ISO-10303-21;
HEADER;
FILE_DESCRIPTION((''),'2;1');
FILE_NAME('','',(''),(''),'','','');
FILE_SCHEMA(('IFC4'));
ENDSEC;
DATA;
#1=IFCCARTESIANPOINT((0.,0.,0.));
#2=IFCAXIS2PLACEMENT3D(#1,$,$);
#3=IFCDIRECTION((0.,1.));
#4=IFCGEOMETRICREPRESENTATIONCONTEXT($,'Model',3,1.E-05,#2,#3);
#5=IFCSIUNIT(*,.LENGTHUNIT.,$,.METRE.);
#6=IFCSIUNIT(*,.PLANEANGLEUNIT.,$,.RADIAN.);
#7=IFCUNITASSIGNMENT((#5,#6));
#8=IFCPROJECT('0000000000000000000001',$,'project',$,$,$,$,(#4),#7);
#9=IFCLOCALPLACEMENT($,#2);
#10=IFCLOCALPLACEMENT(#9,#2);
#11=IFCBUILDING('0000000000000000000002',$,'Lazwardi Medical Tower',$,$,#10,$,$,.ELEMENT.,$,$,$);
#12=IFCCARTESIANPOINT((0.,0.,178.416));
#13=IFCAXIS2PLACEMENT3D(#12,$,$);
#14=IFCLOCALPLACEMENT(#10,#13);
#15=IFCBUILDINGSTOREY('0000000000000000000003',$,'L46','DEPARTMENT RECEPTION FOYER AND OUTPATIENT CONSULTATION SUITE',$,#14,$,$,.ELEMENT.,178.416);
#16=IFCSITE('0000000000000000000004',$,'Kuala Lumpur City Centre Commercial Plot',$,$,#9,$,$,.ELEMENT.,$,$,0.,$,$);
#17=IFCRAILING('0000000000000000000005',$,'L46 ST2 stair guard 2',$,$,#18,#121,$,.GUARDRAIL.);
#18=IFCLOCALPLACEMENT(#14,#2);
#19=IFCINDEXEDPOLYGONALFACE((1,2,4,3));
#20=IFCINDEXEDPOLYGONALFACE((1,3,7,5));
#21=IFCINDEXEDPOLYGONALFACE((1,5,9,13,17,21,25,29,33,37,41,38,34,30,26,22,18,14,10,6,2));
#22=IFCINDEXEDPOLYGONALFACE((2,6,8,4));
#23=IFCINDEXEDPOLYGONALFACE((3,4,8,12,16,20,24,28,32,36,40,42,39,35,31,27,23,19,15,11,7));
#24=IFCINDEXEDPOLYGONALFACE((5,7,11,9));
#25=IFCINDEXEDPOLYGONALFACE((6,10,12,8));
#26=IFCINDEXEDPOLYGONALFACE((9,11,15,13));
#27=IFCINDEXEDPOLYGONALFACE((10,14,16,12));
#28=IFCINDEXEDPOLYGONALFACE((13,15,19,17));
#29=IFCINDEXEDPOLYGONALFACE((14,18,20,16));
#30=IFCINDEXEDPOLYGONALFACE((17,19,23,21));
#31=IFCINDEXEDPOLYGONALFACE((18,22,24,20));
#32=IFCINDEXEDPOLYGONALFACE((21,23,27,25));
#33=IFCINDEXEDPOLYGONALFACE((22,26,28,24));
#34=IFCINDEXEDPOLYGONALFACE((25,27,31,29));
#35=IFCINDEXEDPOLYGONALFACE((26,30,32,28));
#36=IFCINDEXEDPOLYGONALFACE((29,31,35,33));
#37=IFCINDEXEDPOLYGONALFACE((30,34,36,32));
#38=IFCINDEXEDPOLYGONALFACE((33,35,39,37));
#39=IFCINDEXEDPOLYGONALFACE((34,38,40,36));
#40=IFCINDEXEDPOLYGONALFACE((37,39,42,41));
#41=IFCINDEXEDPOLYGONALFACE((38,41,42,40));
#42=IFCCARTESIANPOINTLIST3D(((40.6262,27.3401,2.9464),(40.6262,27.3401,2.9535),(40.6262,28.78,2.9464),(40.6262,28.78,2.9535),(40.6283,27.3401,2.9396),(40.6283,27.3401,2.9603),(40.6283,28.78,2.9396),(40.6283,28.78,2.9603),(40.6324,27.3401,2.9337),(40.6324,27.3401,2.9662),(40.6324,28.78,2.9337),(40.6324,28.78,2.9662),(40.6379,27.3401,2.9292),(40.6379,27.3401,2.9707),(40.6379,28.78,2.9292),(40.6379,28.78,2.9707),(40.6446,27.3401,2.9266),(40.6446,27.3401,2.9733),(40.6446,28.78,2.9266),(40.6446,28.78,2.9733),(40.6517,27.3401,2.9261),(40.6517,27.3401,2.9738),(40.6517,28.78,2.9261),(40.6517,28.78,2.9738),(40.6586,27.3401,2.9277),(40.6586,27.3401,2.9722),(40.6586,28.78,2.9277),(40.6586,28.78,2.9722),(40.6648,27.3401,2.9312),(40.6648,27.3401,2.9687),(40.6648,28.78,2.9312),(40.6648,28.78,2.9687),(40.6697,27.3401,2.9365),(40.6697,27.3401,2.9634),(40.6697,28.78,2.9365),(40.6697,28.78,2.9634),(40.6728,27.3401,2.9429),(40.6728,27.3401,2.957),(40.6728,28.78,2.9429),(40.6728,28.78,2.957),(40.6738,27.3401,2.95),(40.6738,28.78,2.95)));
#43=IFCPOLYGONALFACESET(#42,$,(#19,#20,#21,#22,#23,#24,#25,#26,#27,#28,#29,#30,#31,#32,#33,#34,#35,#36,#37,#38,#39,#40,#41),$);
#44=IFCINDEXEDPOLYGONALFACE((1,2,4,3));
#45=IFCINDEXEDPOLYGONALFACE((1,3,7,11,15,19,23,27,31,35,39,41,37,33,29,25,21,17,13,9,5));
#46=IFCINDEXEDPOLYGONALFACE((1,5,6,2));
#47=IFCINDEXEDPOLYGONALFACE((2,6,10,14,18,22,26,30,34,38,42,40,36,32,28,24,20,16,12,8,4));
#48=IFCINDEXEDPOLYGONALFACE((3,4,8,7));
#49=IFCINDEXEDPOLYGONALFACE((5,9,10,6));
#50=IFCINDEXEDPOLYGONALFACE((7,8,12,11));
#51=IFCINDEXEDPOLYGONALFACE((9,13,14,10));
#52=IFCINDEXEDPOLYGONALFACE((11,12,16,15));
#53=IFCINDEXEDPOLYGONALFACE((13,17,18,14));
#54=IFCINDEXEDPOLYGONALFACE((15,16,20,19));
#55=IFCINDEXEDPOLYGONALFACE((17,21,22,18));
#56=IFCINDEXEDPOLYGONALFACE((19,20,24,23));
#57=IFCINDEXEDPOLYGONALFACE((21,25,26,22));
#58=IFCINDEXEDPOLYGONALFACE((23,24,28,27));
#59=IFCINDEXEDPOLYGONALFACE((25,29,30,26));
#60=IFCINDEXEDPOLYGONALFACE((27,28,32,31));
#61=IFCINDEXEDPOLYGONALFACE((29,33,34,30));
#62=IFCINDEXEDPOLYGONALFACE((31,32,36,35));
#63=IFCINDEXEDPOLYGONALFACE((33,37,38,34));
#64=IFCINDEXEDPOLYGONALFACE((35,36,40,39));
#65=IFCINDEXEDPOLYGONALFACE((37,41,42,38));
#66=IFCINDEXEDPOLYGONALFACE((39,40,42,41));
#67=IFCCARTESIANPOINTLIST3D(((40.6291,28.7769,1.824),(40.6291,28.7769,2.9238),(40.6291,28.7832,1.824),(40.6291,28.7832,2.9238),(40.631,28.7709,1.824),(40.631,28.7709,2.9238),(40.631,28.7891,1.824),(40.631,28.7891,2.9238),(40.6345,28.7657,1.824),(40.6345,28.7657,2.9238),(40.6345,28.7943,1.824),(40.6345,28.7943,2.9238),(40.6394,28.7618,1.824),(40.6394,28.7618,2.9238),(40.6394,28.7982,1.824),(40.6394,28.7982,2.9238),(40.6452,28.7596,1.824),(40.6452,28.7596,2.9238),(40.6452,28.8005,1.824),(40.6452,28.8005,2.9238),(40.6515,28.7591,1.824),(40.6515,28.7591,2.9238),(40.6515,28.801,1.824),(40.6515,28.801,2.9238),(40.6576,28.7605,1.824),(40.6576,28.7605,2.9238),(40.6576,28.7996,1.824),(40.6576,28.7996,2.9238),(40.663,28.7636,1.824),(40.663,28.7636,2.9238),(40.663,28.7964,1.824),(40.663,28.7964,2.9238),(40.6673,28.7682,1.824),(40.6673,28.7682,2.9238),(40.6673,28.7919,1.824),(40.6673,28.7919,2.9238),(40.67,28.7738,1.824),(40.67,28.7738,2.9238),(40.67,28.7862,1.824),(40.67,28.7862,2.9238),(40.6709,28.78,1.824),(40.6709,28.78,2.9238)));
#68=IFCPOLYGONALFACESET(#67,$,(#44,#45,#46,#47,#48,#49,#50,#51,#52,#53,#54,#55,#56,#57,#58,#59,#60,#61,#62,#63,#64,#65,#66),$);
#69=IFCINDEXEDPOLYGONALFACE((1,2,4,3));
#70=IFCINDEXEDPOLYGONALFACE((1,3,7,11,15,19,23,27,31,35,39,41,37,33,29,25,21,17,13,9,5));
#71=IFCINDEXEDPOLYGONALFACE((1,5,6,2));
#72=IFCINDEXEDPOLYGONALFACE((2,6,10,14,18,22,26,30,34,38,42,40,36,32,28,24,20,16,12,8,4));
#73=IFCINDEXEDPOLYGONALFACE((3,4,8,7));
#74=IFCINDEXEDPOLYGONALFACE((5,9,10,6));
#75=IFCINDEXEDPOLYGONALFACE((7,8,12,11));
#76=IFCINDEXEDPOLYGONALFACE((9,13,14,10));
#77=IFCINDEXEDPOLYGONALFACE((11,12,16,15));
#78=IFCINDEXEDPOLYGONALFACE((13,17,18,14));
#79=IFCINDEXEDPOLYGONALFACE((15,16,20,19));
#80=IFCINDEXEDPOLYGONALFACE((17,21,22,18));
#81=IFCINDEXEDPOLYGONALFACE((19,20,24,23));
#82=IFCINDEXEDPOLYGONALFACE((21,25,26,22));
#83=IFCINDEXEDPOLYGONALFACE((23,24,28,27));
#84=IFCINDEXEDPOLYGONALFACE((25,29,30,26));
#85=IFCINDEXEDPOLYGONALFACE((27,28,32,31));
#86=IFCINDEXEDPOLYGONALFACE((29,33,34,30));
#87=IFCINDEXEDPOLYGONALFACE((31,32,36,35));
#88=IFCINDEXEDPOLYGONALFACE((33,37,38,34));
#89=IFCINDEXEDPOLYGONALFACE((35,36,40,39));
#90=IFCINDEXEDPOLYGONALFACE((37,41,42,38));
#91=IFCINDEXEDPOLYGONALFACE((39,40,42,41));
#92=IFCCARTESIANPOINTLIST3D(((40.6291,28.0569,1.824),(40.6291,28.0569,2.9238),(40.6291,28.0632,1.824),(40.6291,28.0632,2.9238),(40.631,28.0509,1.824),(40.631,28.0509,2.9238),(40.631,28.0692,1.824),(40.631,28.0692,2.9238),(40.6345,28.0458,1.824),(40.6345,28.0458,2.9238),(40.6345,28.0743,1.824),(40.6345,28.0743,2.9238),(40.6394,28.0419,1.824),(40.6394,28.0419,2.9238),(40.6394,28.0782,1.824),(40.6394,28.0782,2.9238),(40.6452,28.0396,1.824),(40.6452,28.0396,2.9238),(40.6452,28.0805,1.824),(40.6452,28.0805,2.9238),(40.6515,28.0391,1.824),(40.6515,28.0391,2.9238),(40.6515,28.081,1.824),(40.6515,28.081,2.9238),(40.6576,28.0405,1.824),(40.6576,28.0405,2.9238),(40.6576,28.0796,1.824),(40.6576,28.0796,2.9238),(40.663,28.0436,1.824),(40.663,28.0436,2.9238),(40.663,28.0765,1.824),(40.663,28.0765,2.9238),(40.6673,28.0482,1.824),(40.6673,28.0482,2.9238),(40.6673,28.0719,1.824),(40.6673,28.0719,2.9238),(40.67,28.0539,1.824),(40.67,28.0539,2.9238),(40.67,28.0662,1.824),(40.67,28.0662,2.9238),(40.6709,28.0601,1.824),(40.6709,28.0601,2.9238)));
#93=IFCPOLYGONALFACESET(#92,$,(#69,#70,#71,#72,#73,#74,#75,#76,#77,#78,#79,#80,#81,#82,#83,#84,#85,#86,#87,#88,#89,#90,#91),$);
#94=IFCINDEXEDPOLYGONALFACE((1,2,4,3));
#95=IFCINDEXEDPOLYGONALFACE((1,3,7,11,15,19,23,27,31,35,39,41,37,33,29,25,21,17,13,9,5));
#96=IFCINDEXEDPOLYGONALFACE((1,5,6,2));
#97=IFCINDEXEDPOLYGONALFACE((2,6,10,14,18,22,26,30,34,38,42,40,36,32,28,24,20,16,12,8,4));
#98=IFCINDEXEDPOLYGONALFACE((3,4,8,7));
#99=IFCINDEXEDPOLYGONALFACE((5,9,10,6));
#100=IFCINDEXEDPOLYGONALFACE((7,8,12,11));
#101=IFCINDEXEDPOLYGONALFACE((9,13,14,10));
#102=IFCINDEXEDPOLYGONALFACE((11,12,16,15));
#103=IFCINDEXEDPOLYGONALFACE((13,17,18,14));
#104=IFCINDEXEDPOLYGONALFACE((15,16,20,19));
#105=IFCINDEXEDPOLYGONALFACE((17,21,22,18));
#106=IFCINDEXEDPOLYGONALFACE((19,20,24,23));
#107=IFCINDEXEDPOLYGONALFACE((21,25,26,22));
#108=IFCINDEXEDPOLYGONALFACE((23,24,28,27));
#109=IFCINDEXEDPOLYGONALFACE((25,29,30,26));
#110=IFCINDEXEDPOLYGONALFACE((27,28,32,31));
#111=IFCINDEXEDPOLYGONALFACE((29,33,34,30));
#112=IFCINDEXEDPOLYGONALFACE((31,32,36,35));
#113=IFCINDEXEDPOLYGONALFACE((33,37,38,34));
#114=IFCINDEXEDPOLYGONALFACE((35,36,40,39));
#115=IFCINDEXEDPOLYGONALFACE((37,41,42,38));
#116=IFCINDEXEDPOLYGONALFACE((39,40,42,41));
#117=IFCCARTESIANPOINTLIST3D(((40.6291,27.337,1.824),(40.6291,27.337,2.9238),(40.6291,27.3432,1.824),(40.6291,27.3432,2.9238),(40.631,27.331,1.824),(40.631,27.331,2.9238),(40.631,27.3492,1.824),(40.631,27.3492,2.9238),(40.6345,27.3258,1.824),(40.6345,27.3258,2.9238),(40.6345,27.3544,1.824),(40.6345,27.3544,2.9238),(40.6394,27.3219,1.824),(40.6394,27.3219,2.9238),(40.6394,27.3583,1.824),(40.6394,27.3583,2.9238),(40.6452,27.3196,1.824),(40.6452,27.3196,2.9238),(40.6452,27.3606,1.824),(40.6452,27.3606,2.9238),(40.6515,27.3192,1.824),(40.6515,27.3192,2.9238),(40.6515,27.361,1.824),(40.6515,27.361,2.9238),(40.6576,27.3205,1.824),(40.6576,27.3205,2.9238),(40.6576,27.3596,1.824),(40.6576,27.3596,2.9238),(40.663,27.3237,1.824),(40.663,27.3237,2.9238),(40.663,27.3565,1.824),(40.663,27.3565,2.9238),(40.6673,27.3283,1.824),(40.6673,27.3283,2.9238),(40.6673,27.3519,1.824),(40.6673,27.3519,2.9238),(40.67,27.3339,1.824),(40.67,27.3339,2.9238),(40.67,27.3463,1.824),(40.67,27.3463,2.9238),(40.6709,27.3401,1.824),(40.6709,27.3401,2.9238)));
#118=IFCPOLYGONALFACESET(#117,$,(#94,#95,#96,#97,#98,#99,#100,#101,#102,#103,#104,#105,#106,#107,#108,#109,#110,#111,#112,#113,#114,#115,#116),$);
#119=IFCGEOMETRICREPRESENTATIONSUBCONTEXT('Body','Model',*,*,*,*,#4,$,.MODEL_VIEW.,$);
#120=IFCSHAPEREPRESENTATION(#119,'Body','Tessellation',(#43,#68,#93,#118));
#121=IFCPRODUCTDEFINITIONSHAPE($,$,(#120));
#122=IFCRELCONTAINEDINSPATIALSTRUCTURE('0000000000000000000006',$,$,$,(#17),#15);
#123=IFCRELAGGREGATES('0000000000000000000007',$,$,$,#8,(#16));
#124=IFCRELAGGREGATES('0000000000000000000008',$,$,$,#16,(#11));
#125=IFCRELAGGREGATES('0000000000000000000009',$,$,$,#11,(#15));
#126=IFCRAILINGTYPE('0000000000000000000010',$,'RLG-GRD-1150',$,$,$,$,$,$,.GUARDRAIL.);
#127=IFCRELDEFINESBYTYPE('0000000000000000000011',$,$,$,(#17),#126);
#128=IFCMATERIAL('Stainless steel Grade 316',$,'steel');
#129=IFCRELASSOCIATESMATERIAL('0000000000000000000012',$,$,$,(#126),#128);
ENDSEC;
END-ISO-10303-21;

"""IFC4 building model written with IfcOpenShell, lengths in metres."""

from ifc_helpers import new_model, si_unit, direction, frame, origin, origin_2d, place, context, subcontext, project, spatial, circle, extrude, material, type_object, element, save


model = new_model("IFC4")

# Units and contexts
model_context = context("Model", 3, precision=1e-05, world=origin(), true_north=direction((0.0, 1.0)))
body_context = subcontext(model_context, "Body", "Model", "MODEL_VIEW")
ifc_project = project(units=[si_unit("LENGTHUNIT", "METRE"), si_unit("PLANEANGLEUNIT", "RADIAN")], contexts=[model_context])

# Site, building, storey
site_placement = place(None, origin())
site = spatial("IfcSite", under=ifc_project, at=site_placement, Name="Kuala Lumpur City Centre Commercial Plot", CompositionType="ELEMENT", RefElevation=0.0)
building_placement = place(site_placement, origin())
building = spatial("IfcBuilding", under=site, at=building_placement, Name="Lazwardi Medical Tower", CompositionType="ELEMENT")
storey_placement = place(building_placement, frame((0.0, 0.0, 178.416)))
storey = spatial("IfcBuildingStorey", under=building, at=storey_placement, Name="L46", Description="DEPARTMENT RECEPTION FOYER AND OUTPATIENT CONSULTATION SUITE", CompositionType="ELEMENT", Elevation=178.416)

# Railing
ifc_material_1 = material(Name="Stainless steel Grade 316", Category="steel")
railing_type_1 = type_object("IfcRailingType", Name="RLG-GRD-1150", PredefinedType="GUARDRAIL", material=ifc_material_1)
railing_1_placement = place(storey_placement, frame((40.6499, 28.78, 1.824)))
element("IfcRailing", 1, at=railing_1_placement, inside=storey, type_object=railing_type_1, Name="L46 ST2 stair guard 2", PredefinedType="GUARDRAIL", context=body_context, shape_type="SweptSolid", body=[
    extrude(circle(Radius=0.0239, at=origin_2d()), frame((0.0, 0.0, 1.126), z_axis=(0.0, -1.0, 0.0), x_axis=(1.0, 0.0, 0.0)), (0.0, 0.0, 1.0), 1.4399),
    extrude(circle(Radius=0.021, at=origin_2d()), origin(), (0.0, 0.0, 1.0), 1.0999),
    extrude(circle(Radius=0.021, at=origin_2d()), frame((0.0, -0.72, 0.0)), (0.0, 0.0, 1.0), 1.0999),
    extrude(circle(Radius=0.021, at=origin_2d()), frame((0.0, -1.4399, 0.0)), (0.0, 0.0, 1.0), 1.0999),
])

save(model, "model.ifc")
